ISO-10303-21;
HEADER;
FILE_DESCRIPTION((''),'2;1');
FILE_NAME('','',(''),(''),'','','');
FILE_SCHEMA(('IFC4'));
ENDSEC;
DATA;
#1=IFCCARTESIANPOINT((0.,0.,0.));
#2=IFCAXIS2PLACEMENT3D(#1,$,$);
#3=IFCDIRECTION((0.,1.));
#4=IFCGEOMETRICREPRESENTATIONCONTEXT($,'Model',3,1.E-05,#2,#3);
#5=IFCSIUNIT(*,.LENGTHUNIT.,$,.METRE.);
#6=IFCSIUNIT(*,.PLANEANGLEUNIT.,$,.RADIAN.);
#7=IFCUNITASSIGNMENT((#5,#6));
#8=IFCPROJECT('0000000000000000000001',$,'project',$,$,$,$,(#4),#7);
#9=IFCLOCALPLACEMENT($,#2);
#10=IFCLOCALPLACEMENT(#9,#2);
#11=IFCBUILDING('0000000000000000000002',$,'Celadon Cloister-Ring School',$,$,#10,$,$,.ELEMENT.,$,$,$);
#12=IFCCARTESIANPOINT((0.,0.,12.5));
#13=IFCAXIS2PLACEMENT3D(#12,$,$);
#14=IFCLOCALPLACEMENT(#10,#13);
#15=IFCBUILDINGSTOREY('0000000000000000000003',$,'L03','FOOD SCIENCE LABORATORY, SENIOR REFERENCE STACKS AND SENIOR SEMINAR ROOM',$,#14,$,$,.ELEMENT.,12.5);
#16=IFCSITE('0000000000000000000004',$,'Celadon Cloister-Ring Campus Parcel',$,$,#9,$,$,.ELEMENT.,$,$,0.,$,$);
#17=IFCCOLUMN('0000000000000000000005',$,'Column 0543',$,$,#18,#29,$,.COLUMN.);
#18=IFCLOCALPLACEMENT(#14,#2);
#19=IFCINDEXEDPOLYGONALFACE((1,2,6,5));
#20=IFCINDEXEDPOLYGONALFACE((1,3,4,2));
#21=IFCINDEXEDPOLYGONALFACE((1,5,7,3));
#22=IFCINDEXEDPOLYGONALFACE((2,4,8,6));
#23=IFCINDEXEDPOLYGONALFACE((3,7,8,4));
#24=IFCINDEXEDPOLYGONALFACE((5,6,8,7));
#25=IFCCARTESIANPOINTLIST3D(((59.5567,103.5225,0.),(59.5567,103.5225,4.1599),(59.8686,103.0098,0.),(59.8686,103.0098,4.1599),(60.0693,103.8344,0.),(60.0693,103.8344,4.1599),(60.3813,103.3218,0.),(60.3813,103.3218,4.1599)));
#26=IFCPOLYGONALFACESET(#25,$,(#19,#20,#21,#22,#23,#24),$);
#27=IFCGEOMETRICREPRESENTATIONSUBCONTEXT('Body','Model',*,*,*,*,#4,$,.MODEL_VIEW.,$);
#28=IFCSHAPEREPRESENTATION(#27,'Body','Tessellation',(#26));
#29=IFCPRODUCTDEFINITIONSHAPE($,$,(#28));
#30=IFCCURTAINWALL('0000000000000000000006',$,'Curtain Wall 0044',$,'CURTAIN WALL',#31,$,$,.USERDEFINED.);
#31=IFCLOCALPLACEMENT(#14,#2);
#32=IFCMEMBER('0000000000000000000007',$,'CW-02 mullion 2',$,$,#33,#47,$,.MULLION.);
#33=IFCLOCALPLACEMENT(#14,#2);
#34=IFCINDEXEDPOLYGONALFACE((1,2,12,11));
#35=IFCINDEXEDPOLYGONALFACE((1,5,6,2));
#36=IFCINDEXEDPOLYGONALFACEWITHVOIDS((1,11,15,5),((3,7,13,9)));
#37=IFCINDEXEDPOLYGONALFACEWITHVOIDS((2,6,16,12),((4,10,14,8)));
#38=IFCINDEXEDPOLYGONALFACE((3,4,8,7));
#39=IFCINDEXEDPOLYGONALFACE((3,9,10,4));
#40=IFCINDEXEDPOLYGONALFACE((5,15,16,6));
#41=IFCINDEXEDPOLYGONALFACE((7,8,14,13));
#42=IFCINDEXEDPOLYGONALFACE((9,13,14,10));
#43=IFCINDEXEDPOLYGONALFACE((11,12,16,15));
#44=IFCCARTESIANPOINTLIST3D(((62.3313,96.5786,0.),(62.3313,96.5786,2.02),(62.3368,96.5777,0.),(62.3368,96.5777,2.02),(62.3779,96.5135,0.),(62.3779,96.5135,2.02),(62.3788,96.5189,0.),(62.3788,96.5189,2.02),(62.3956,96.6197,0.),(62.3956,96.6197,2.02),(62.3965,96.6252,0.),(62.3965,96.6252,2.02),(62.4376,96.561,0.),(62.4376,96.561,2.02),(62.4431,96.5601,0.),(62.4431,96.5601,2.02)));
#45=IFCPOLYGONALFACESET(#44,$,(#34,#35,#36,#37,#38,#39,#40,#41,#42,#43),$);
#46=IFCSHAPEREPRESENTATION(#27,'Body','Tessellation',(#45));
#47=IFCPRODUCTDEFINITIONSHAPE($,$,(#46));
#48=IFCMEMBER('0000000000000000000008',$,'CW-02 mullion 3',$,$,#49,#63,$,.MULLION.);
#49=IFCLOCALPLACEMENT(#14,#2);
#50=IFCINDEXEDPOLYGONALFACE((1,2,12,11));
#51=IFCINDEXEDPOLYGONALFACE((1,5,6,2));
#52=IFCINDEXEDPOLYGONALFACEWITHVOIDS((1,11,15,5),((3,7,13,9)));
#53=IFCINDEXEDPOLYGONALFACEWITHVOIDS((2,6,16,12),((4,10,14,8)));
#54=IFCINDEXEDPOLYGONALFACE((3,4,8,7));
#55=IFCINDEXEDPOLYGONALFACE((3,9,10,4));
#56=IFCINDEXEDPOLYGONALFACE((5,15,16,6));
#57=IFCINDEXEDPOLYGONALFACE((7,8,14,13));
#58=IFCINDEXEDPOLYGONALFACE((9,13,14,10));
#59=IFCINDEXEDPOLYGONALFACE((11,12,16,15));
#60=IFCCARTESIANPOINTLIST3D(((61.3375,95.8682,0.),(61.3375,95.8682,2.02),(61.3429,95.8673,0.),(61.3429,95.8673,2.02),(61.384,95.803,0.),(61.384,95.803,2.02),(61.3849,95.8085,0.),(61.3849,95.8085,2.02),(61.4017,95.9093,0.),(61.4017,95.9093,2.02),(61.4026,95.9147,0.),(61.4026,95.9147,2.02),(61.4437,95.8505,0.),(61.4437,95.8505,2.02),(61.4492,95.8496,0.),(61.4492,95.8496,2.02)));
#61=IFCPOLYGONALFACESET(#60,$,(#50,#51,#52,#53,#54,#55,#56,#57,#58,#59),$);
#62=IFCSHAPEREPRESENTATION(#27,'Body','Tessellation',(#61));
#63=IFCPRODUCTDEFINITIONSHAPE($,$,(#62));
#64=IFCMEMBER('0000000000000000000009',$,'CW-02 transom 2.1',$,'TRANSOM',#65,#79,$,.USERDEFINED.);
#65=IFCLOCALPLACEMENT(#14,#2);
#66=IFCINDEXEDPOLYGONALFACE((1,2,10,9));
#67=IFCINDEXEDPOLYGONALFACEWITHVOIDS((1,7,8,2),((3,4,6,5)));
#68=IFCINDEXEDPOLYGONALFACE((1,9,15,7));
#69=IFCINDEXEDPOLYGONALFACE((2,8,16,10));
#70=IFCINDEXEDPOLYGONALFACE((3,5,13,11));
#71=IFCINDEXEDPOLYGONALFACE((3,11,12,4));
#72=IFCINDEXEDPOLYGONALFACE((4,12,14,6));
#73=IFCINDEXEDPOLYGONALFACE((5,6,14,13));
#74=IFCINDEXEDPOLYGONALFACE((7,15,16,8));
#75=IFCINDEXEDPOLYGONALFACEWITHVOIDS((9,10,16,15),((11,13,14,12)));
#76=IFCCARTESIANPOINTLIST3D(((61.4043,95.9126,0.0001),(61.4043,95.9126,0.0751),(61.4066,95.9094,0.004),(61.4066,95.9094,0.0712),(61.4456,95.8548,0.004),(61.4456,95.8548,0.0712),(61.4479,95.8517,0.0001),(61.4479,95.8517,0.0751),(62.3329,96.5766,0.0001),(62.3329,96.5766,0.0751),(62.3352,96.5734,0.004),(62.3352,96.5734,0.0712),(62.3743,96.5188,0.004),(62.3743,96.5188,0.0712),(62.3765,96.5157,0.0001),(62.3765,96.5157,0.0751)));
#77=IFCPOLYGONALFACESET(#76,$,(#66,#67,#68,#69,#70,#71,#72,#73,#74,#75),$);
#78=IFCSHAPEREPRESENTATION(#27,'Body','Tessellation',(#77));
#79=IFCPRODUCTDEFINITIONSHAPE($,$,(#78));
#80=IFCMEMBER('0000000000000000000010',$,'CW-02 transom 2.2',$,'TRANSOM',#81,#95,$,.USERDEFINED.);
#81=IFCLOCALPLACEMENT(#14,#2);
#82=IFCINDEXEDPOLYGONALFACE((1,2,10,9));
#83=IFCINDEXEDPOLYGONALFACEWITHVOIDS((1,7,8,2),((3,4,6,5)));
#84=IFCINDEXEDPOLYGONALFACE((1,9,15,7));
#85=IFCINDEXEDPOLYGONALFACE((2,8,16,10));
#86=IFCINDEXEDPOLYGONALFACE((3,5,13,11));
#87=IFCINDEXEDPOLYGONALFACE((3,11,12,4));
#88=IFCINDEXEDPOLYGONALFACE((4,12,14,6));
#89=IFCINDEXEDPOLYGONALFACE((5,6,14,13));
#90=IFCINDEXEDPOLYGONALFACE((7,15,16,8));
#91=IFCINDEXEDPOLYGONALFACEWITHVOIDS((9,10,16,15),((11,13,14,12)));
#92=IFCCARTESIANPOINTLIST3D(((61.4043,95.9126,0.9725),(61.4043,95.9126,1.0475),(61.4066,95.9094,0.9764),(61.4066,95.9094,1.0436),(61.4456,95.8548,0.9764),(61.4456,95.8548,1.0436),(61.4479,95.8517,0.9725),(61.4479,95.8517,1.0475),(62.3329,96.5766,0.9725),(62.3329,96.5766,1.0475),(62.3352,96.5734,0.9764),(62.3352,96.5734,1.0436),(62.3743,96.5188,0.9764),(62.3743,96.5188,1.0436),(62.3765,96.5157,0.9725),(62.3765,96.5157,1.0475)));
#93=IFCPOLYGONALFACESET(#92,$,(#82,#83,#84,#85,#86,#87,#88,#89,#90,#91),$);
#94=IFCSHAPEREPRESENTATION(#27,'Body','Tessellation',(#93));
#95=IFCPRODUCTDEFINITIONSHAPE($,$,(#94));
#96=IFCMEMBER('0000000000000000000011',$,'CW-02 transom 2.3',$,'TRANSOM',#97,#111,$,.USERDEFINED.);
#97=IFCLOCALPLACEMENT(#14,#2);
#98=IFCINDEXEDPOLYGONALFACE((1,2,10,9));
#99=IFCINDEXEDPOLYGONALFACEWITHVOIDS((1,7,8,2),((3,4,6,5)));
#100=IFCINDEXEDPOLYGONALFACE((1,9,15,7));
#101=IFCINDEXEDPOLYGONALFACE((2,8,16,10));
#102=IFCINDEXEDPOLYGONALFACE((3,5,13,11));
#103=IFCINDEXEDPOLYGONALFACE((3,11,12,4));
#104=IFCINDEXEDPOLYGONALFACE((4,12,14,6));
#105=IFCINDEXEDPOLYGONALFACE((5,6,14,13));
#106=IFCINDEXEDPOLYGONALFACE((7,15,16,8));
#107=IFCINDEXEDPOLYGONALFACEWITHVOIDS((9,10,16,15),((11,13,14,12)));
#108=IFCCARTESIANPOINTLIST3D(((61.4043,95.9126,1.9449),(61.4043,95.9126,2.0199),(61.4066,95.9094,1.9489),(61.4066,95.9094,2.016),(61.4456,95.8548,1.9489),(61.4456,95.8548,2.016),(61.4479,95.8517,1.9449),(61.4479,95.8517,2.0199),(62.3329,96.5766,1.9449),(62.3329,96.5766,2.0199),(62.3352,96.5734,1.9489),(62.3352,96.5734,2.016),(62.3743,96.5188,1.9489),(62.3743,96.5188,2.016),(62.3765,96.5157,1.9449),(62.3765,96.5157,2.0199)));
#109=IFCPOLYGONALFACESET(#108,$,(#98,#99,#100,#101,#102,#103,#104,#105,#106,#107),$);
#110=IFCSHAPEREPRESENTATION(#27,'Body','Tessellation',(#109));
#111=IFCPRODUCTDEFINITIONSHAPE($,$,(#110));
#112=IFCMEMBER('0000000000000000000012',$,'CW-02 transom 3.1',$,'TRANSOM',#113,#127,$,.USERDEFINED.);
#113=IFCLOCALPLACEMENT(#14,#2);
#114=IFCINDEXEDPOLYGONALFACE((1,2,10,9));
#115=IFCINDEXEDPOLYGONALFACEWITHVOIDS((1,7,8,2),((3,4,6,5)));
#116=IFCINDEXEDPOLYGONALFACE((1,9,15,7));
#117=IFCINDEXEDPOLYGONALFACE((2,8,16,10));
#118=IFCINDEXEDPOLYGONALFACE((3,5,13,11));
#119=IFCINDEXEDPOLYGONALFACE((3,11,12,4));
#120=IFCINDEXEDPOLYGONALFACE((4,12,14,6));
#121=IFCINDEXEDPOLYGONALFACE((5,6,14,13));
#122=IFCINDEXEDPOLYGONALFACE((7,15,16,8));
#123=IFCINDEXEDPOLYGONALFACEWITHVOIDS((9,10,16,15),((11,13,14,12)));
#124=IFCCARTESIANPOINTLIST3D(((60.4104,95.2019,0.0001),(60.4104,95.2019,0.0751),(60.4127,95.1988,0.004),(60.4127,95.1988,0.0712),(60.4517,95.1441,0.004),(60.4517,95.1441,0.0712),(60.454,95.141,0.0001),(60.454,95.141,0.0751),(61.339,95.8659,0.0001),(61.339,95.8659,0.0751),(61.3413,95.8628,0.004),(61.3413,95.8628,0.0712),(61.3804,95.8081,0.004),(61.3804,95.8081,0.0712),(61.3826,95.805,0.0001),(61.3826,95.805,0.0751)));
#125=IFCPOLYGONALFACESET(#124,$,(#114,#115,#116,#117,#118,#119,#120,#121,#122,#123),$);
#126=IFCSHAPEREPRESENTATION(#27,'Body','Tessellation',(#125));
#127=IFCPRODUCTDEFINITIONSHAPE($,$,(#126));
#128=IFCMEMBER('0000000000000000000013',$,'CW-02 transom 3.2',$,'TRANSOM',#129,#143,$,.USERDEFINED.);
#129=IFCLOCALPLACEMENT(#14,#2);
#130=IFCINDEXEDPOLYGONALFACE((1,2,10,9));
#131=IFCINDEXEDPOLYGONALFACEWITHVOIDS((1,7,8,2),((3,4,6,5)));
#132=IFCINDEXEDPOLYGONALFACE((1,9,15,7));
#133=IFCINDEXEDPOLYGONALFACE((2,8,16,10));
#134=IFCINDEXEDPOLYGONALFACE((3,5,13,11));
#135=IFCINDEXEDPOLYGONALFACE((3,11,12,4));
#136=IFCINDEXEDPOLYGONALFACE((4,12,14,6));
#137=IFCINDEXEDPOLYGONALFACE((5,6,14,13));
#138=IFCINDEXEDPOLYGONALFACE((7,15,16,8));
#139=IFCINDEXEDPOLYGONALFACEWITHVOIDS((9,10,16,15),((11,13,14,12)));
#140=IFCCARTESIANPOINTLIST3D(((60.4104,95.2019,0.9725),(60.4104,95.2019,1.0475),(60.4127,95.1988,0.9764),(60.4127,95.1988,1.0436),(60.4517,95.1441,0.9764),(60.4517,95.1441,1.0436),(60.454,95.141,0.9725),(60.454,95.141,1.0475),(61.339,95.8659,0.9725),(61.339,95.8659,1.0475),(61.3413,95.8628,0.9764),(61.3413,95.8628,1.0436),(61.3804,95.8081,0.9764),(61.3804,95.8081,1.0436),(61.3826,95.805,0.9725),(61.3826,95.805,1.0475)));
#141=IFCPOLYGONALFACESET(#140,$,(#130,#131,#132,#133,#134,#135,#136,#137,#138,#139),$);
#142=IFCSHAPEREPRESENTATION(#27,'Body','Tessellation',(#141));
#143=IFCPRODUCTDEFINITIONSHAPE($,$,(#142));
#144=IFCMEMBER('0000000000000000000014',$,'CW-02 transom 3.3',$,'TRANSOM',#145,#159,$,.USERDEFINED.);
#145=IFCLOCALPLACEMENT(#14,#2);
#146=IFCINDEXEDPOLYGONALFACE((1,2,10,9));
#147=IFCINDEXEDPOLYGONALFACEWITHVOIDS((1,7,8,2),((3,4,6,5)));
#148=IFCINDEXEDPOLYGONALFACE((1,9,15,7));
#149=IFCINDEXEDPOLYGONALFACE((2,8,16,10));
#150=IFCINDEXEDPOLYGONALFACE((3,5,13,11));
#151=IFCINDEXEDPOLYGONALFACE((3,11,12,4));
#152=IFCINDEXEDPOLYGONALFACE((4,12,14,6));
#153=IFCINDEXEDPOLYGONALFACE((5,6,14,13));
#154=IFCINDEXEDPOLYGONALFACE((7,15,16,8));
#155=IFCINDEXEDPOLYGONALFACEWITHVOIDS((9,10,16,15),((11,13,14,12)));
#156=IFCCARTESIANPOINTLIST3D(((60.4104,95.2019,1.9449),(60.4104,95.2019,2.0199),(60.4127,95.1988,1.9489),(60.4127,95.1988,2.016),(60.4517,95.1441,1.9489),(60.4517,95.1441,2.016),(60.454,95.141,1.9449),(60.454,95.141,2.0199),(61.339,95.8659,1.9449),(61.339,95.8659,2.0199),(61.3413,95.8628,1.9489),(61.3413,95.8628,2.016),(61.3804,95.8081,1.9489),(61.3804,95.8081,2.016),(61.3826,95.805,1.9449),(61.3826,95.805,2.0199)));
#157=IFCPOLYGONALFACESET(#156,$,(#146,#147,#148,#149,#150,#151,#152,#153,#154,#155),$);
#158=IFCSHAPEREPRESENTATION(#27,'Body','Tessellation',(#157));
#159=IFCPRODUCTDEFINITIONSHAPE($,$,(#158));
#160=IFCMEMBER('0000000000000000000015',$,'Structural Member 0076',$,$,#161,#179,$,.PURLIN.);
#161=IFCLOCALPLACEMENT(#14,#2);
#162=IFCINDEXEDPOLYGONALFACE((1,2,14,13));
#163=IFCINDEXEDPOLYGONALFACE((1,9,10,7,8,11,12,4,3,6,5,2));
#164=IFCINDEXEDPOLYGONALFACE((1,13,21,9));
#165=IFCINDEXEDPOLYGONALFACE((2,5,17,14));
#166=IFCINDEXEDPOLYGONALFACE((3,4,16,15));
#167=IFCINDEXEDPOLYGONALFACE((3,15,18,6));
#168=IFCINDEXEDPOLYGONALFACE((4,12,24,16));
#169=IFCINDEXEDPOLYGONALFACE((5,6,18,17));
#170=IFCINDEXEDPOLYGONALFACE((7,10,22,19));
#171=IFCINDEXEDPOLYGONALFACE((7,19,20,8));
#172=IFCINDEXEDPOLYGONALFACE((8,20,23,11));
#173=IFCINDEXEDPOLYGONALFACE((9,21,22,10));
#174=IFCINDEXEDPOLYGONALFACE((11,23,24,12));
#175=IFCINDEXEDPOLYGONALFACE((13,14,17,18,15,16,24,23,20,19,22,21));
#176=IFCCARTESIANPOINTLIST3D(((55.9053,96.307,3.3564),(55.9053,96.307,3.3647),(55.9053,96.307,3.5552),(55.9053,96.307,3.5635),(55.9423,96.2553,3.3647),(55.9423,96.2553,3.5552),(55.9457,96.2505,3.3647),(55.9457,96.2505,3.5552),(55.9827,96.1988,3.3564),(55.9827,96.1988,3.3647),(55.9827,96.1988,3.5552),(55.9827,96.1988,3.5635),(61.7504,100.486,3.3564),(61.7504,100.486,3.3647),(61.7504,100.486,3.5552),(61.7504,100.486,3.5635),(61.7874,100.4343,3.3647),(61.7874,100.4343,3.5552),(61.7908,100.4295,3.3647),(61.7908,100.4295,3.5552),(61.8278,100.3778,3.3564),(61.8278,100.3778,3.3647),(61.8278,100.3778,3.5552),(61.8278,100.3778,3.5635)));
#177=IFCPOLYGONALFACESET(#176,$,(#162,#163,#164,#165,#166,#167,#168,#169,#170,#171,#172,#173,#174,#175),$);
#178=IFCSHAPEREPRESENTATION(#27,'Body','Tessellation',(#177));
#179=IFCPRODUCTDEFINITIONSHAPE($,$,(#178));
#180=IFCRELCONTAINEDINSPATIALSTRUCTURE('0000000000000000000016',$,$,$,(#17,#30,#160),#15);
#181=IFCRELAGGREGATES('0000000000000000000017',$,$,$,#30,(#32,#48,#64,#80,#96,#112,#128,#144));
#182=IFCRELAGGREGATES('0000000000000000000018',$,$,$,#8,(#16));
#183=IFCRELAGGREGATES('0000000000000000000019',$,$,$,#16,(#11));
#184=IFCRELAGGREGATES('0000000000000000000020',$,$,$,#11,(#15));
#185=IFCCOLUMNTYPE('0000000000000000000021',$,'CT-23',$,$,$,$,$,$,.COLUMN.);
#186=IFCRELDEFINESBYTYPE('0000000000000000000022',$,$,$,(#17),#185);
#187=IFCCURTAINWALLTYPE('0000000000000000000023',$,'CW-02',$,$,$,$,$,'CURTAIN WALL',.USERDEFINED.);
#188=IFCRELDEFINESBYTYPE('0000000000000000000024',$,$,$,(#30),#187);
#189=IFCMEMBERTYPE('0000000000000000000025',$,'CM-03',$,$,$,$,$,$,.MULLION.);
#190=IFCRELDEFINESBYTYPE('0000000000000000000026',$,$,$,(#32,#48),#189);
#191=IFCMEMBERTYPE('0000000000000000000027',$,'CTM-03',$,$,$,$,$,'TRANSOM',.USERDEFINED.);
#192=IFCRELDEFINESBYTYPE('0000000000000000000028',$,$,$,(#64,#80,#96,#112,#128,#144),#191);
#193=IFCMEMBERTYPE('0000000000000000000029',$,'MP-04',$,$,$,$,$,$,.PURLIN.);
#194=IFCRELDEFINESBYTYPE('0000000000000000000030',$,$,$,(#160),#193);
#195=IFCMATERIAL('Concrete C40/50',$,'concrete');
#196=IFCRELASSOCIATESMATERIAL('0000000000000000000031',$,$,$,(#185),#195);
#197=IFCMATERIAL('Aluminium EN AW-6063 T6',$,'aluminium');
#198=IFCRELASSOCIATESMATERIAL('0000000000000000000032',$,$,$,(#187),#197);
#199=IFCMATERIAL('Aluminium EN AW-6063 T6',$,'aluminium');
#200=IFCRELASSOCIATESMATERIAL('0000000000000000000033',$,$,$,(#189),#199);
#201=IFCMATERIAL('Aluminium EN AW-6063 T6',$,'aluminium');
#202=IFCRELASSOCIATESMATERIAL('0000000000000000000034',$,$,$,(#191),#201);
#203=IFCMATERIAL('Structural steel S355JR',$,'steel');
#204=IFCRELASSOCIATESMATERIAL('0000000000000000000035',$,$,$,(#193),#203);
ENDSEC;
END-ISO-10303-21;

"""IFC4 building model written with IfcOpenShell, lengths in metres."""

from ifc_helpers import new_model, si_unit, direction, frame, origin, origin_2d, place, context, subcontext, project, spatial, rectangle, hollow_rectangle, i_section, extrude, material, material_profile, profile_set, type_object, element, aggregate, save


model = new_model("IFC4")

# Units and contexts
model_context = context("Model", 3, precision=1e-05, world=origin(), true_north=direction((0.0, 1.0)))
body_context = subcontext(model_context, "Body", "Model", "MODEL_VIEW")
ifc_project = project(units=[si_unit("LENGTHUNIT", "METRE"), si_unit("PLANEANGLEUNIT", "RADIAN")], contexts=[model_context])

# Site, building, storey
site_placement = place(None, origin())
site = spatial("IfcSite", under=ifc_project, at=site_placement, Name="Celadon Cloister-Ring Campus Parcel", CompositionType="ELEMENT", RefElevation=0.0)
building_placement = place(site_placement, origin())
building = spatial("IfcBuilding", under=site, at=building_placement, Name="Celadon Cloister-Ring School", CompositionType="ELEMENT")
storey_placement = place(building_placement, frame((0.0, 0.0, 12.5)))
storey = spatial("IfcBuildingStorey", under=building, at=storey_placement, Name="L03", Description="FOOD SCIENCE LABORATORY, SENIOR REFERENCE STACKS AND SENIOR SEMINAR ROOM", CompositionType="ELEMENT", Elevation=12.5)

# Column
ifc_material_1 = material(Name="Concrete C40/50", Category="concrete")
ifc_material_profile_1 = material_profile(ifc_material_1, rectangle(XDim=0.6001, YDim=0.6001, at=origin_2d()), Name="RC600X600")
ifc_profile_set_1 = profile_set([ifc_material_profile_1], Name="Concrete C40/50")
column_type = type_object("IfcColumnType", Name="CT-23", PredefinedType="COLUMN", material=ifc_profile_set_1)
column_placement = place(storey_placement, frame((59.969, 103.4221, 0.0), z_axis=(0.0, 0.0, 1.0), x_axis=(-0.519817, 0.854277, 0.0)))
element("IfcColumn", 1, at=column_placement, inside=storey, type_object=column_type, Name="Column 0543", PredefinedType="COLUMN", context=body_context, shape_type="SweptSolid", body=[
    extrude(rectangle(XDim=0.6001, YDim=0.6001, at=origin_2d()), origin(), (0.0, 0.0, 1.0), 4.1599),
])

# Curtain wall, members
ifc_material_2 = material(Name="Aluminium EN AW-6063 T6", Category="aluminium")
curtain_wall_type = type_object("IfcCurtainWallType", Name="CW-02", ElementType="CURTAIN WALL", PredefinedType="USERDEFINED", material=ifc_material_2)
curtain_wall_placement = place(storey_placement, origin())
curtain_wall = element("IfcCurtainWall", 2, at=curtain_wall_placement, inside=storey, type_object=curtain_wall_type, Name="Curtain Wall 0044", ObjectType="CURTAIN WALL", PredefinedType="USERDEFINED")
ifc_material_3 = material(Name="Aluminium EN AW-6063 T6", Category="aluminium")
ifc_material_profile_2 = material_profile(ifc_material_3, hollow_rectangle(XDim=0.0801, YDim=0.0801, WallThickness=0.0039, at=origin_2d()), Name="RHS80X80X4")
ifc_profile_set_2 = profile_set([ifc_material_profile_2], Name="Aluminium EN AW-6063 T6")
member_type_1 = type_object("IfcMemberType", Name="CM-03", PredefinedType="MULLION", material=ifc_profile_set_2)
member_1_placement = place(storey_placement, frame((62.3872, 96.5693, 0.0), z_axis=(0.0, 0.0, 1.0), x_axis=(0.581641, -0.813446, 0.0)))
member_1 = element("IfcMember", 3, at=member_1_placement, type_object=member_type_1, Name="CW-02 mullion 2", PredefinedType="MULLION", context=body_context, shape_type="SweptSolid", body=[
    extrude(hollow_rectangle(XDim=0.0801, YDim=0.0801, WallThickness=0.0039, at=origin_2d()), origin(), (0.0, 0.0, 1.0), 2.02),
])
member_2_placement = place(storey_placement, frame((61.3933, 95.8589, 0.0), z_axis=(0.0, 0.0, 1.0), x_axis=(0.581641, -0.813446, 0.0)))
member_2 = element("IfcMember", 4, at=member_2_placement, type_object=member_type_1, Name="CW-02 mullion 3", PredefinedType="MULLION", context=body_context, shape_type="SweptSolid", body=[
    extrude(hollow_rectangle(XDim=0.0801, YDim=0.0801, WallThickness=0.0039, at=origin_2d()), origin(), (0.0, 0.0, 1.0), 2.02),
])
ifc_material_4 = material(Name="Aluminium EN AW-6063 T6", Category="aluminium")
ifc_material_profile_3 = material_profile(ifc_material_4, hollow_rectangle(XDim=0.075, YDim=0.075, WallThickness=0.0039, at=origin_2d()), Name="RHS75X75X4")
ifc_profile_set_3 = profile_set([ifc_material_profile_3], Name="Aluminium EN AW-6063 T6")
member_type_2 = type_object("IfcMemberType", Name="CTM-03", ElementType="TRANSOM", PredefinedType="USERDEFINED", material=ifc_profile_set_3)
member_3_placement = place(storey_placement, frame((62.3547, 96.5461, 0.0376), z_axis=(-0.813444, -0.581643, 0.0), x_axis=(0.581643, -0.813444, 0.0)))
member_3 = element("IfcMember", 5, at=member_3_placement, type_object=member_type_2, Name="CW-02 transom 2.1", ObjectType="TRANSOM", PredefinedType="USERDEFINED", context=body_context, shape_type="SweptSolid", body=[
    extrude(hollow_rectangle(XDim=0.075, YDim=0.075, WallThickness=0.0039, at=origin_2d()), origin(), (0.0, 0.0, 1.0), 1.1416),
])
member_4_placement = place(storey_placement, frame((62.3547, 96.5461, 1.01), z_axis=(-0.813444, -0.581643, 0.0), x_axis=(0.581643, -0.813444, 0.0)))
member_4 = element("IfcMember", 6, at=member_4_placement, type_object=member_type_2, Name="CW-02 transom 2.2", ObjectType="TRANSOM", PredefinedType="USERDEFINED", context=body_context, shape_type="SweptSolid", body=[
    extrude(hollow_rectangle(XDim=0.075, YDim=0.075, WallThickness=0.0039, at=origin_2d()), origin(), (0.0, 0.0, 1.0), 1.1416),
])
member_5_placement = place(storey_placement, frame((62.3547, 96.5461, 1.9824), z_axis=(-0.813444, -0.581643, 0.0), x_axis=(0.581643, -0.813444, 0.0)))
member_5 = element("IfcMember", 7, at=member_5_placement, type_object=member_type_2, Name="CW-02 transom 2.3", ObjectType="TRANSOM", PredefinedType="USERDEFINED", context=body_context, shape_type="SweptSolid", body=[
    extrude(hollow_rectangle(XDim=0.075, YDim=0.075, WallThickness=0.0039, at=origin_2d()), origin(), (0.0, 0.0, 1.0), 1.1416),
])
member_6_placement = place(storey_placement, frame((61.3608, 95.8354, 0.0376), z_axis=(-0.813444, -0.581643, 0.0), x_axis=(0.581643, -0.813444, 0.0)))
member_6 = element("IfcMember", 8, at=member_6_placement, type_object=member_type_2, Name="CW-02 transom 3.1", ObjectType="TRANSOM", PredefinedType="USERDEFINED", context=body_context, shape_type="SweptSolid", body=[
    extrude(hollow_rectangle(XDim=0.075, YDim=0.075, WallThickness=0.0039, at=origin_2d()), origin(), (0.0, 0.0, 1.0), 1.1416),
])
member_7_placement = place(storey_placement, frame((61.3608, 95.8354, 1.01), z_axis=(-0.813444, -0.581643, 0.0), x_axis=(0.581643, -0.813444, 0.0)))
member_7 = element("IfcMember", 9, at=member_7_placement, type_object=member_type_2, Name="CW-02 transom 3.2", ObjectType="TRANSOM", PredefinedType="USERDEFINED", context=body_context, shape_type="SweptSolid", body=[
    extrude(hollow_rectangle(XDim=0.075, YDim=0.075, WallThickness=0.0039, at=origin_2d()), origin(), (0.0, 0.0, 1.0), 1.1416),
])
member_8_placement = place(storey_placement, frame((61.3608, 95.8354, 1.9824), z_axis=(-0.813444, -0.581643, 0.0), x_axis=(0.581643, -0.813444, 0.0)))
member_8 = element("IfcMember", 10, at=member_8_placement, type_object=member_type_2, Name="CW-02 transom 3.3", ObjectType="TRANSOM", PredefinedType="USERDEFINED", context=body_context, shape_type="SweptSolid", body=[
    extrude(hollow_rectangle(XDim=0.075, YDim=0.075, WallThickness=0.0039, at=origin_2d()), origin(), (0.0, 0.0, 1.0), 1.1416),
])

# Member
ifc_material_5 = material(Name="Structural steel S355JR", Category="steel")
ifc_material_profile_4 = material_profile(ifc_material_5, i_section(OverallWidth=0.1331, OverallDepth=0.207, WebThickness=0.0059, FlangeThickness=0.0083, at=origin_2d()), Name="W200X27")
ifc_profile_set_4 = profile_set([ifc_material_profile_4], Name="Structural steel S355JR")
member_type_3 = type_object("IfcMemberType", Name="MP-04", PredefinedType="PURLIN", material=ifc_profile_set_4)
member_9_placement = place(storey_placement, frame((61.7891, 100.4319, 3.46), z_axis=(-0.813472, -0.581605, 0.0), x_axis=(0.581605, -0.813472, 0.0)))
element("IfcMember", 11, at=member_9_placement, inside=storey, type_object=member_type_3, Name="Structural Member 0076", PredefinedType="PURLIN", context=body_context, shape_type="SweptSolid", body=[
    extrude(i_section(OverallWidth=0.1331, OverallDepth=0.207, WebThickness=0.0059, FlangeThickness=0.0083, at=origin_2d()), origin(), (0.0, 0.0, 1.0), 7.1853),
])

aggregate(curtain_wall, [member_1, member_2, member_3, member_4, member_5, member_6, member_7, member_8])

save(model, "model.ifc")
